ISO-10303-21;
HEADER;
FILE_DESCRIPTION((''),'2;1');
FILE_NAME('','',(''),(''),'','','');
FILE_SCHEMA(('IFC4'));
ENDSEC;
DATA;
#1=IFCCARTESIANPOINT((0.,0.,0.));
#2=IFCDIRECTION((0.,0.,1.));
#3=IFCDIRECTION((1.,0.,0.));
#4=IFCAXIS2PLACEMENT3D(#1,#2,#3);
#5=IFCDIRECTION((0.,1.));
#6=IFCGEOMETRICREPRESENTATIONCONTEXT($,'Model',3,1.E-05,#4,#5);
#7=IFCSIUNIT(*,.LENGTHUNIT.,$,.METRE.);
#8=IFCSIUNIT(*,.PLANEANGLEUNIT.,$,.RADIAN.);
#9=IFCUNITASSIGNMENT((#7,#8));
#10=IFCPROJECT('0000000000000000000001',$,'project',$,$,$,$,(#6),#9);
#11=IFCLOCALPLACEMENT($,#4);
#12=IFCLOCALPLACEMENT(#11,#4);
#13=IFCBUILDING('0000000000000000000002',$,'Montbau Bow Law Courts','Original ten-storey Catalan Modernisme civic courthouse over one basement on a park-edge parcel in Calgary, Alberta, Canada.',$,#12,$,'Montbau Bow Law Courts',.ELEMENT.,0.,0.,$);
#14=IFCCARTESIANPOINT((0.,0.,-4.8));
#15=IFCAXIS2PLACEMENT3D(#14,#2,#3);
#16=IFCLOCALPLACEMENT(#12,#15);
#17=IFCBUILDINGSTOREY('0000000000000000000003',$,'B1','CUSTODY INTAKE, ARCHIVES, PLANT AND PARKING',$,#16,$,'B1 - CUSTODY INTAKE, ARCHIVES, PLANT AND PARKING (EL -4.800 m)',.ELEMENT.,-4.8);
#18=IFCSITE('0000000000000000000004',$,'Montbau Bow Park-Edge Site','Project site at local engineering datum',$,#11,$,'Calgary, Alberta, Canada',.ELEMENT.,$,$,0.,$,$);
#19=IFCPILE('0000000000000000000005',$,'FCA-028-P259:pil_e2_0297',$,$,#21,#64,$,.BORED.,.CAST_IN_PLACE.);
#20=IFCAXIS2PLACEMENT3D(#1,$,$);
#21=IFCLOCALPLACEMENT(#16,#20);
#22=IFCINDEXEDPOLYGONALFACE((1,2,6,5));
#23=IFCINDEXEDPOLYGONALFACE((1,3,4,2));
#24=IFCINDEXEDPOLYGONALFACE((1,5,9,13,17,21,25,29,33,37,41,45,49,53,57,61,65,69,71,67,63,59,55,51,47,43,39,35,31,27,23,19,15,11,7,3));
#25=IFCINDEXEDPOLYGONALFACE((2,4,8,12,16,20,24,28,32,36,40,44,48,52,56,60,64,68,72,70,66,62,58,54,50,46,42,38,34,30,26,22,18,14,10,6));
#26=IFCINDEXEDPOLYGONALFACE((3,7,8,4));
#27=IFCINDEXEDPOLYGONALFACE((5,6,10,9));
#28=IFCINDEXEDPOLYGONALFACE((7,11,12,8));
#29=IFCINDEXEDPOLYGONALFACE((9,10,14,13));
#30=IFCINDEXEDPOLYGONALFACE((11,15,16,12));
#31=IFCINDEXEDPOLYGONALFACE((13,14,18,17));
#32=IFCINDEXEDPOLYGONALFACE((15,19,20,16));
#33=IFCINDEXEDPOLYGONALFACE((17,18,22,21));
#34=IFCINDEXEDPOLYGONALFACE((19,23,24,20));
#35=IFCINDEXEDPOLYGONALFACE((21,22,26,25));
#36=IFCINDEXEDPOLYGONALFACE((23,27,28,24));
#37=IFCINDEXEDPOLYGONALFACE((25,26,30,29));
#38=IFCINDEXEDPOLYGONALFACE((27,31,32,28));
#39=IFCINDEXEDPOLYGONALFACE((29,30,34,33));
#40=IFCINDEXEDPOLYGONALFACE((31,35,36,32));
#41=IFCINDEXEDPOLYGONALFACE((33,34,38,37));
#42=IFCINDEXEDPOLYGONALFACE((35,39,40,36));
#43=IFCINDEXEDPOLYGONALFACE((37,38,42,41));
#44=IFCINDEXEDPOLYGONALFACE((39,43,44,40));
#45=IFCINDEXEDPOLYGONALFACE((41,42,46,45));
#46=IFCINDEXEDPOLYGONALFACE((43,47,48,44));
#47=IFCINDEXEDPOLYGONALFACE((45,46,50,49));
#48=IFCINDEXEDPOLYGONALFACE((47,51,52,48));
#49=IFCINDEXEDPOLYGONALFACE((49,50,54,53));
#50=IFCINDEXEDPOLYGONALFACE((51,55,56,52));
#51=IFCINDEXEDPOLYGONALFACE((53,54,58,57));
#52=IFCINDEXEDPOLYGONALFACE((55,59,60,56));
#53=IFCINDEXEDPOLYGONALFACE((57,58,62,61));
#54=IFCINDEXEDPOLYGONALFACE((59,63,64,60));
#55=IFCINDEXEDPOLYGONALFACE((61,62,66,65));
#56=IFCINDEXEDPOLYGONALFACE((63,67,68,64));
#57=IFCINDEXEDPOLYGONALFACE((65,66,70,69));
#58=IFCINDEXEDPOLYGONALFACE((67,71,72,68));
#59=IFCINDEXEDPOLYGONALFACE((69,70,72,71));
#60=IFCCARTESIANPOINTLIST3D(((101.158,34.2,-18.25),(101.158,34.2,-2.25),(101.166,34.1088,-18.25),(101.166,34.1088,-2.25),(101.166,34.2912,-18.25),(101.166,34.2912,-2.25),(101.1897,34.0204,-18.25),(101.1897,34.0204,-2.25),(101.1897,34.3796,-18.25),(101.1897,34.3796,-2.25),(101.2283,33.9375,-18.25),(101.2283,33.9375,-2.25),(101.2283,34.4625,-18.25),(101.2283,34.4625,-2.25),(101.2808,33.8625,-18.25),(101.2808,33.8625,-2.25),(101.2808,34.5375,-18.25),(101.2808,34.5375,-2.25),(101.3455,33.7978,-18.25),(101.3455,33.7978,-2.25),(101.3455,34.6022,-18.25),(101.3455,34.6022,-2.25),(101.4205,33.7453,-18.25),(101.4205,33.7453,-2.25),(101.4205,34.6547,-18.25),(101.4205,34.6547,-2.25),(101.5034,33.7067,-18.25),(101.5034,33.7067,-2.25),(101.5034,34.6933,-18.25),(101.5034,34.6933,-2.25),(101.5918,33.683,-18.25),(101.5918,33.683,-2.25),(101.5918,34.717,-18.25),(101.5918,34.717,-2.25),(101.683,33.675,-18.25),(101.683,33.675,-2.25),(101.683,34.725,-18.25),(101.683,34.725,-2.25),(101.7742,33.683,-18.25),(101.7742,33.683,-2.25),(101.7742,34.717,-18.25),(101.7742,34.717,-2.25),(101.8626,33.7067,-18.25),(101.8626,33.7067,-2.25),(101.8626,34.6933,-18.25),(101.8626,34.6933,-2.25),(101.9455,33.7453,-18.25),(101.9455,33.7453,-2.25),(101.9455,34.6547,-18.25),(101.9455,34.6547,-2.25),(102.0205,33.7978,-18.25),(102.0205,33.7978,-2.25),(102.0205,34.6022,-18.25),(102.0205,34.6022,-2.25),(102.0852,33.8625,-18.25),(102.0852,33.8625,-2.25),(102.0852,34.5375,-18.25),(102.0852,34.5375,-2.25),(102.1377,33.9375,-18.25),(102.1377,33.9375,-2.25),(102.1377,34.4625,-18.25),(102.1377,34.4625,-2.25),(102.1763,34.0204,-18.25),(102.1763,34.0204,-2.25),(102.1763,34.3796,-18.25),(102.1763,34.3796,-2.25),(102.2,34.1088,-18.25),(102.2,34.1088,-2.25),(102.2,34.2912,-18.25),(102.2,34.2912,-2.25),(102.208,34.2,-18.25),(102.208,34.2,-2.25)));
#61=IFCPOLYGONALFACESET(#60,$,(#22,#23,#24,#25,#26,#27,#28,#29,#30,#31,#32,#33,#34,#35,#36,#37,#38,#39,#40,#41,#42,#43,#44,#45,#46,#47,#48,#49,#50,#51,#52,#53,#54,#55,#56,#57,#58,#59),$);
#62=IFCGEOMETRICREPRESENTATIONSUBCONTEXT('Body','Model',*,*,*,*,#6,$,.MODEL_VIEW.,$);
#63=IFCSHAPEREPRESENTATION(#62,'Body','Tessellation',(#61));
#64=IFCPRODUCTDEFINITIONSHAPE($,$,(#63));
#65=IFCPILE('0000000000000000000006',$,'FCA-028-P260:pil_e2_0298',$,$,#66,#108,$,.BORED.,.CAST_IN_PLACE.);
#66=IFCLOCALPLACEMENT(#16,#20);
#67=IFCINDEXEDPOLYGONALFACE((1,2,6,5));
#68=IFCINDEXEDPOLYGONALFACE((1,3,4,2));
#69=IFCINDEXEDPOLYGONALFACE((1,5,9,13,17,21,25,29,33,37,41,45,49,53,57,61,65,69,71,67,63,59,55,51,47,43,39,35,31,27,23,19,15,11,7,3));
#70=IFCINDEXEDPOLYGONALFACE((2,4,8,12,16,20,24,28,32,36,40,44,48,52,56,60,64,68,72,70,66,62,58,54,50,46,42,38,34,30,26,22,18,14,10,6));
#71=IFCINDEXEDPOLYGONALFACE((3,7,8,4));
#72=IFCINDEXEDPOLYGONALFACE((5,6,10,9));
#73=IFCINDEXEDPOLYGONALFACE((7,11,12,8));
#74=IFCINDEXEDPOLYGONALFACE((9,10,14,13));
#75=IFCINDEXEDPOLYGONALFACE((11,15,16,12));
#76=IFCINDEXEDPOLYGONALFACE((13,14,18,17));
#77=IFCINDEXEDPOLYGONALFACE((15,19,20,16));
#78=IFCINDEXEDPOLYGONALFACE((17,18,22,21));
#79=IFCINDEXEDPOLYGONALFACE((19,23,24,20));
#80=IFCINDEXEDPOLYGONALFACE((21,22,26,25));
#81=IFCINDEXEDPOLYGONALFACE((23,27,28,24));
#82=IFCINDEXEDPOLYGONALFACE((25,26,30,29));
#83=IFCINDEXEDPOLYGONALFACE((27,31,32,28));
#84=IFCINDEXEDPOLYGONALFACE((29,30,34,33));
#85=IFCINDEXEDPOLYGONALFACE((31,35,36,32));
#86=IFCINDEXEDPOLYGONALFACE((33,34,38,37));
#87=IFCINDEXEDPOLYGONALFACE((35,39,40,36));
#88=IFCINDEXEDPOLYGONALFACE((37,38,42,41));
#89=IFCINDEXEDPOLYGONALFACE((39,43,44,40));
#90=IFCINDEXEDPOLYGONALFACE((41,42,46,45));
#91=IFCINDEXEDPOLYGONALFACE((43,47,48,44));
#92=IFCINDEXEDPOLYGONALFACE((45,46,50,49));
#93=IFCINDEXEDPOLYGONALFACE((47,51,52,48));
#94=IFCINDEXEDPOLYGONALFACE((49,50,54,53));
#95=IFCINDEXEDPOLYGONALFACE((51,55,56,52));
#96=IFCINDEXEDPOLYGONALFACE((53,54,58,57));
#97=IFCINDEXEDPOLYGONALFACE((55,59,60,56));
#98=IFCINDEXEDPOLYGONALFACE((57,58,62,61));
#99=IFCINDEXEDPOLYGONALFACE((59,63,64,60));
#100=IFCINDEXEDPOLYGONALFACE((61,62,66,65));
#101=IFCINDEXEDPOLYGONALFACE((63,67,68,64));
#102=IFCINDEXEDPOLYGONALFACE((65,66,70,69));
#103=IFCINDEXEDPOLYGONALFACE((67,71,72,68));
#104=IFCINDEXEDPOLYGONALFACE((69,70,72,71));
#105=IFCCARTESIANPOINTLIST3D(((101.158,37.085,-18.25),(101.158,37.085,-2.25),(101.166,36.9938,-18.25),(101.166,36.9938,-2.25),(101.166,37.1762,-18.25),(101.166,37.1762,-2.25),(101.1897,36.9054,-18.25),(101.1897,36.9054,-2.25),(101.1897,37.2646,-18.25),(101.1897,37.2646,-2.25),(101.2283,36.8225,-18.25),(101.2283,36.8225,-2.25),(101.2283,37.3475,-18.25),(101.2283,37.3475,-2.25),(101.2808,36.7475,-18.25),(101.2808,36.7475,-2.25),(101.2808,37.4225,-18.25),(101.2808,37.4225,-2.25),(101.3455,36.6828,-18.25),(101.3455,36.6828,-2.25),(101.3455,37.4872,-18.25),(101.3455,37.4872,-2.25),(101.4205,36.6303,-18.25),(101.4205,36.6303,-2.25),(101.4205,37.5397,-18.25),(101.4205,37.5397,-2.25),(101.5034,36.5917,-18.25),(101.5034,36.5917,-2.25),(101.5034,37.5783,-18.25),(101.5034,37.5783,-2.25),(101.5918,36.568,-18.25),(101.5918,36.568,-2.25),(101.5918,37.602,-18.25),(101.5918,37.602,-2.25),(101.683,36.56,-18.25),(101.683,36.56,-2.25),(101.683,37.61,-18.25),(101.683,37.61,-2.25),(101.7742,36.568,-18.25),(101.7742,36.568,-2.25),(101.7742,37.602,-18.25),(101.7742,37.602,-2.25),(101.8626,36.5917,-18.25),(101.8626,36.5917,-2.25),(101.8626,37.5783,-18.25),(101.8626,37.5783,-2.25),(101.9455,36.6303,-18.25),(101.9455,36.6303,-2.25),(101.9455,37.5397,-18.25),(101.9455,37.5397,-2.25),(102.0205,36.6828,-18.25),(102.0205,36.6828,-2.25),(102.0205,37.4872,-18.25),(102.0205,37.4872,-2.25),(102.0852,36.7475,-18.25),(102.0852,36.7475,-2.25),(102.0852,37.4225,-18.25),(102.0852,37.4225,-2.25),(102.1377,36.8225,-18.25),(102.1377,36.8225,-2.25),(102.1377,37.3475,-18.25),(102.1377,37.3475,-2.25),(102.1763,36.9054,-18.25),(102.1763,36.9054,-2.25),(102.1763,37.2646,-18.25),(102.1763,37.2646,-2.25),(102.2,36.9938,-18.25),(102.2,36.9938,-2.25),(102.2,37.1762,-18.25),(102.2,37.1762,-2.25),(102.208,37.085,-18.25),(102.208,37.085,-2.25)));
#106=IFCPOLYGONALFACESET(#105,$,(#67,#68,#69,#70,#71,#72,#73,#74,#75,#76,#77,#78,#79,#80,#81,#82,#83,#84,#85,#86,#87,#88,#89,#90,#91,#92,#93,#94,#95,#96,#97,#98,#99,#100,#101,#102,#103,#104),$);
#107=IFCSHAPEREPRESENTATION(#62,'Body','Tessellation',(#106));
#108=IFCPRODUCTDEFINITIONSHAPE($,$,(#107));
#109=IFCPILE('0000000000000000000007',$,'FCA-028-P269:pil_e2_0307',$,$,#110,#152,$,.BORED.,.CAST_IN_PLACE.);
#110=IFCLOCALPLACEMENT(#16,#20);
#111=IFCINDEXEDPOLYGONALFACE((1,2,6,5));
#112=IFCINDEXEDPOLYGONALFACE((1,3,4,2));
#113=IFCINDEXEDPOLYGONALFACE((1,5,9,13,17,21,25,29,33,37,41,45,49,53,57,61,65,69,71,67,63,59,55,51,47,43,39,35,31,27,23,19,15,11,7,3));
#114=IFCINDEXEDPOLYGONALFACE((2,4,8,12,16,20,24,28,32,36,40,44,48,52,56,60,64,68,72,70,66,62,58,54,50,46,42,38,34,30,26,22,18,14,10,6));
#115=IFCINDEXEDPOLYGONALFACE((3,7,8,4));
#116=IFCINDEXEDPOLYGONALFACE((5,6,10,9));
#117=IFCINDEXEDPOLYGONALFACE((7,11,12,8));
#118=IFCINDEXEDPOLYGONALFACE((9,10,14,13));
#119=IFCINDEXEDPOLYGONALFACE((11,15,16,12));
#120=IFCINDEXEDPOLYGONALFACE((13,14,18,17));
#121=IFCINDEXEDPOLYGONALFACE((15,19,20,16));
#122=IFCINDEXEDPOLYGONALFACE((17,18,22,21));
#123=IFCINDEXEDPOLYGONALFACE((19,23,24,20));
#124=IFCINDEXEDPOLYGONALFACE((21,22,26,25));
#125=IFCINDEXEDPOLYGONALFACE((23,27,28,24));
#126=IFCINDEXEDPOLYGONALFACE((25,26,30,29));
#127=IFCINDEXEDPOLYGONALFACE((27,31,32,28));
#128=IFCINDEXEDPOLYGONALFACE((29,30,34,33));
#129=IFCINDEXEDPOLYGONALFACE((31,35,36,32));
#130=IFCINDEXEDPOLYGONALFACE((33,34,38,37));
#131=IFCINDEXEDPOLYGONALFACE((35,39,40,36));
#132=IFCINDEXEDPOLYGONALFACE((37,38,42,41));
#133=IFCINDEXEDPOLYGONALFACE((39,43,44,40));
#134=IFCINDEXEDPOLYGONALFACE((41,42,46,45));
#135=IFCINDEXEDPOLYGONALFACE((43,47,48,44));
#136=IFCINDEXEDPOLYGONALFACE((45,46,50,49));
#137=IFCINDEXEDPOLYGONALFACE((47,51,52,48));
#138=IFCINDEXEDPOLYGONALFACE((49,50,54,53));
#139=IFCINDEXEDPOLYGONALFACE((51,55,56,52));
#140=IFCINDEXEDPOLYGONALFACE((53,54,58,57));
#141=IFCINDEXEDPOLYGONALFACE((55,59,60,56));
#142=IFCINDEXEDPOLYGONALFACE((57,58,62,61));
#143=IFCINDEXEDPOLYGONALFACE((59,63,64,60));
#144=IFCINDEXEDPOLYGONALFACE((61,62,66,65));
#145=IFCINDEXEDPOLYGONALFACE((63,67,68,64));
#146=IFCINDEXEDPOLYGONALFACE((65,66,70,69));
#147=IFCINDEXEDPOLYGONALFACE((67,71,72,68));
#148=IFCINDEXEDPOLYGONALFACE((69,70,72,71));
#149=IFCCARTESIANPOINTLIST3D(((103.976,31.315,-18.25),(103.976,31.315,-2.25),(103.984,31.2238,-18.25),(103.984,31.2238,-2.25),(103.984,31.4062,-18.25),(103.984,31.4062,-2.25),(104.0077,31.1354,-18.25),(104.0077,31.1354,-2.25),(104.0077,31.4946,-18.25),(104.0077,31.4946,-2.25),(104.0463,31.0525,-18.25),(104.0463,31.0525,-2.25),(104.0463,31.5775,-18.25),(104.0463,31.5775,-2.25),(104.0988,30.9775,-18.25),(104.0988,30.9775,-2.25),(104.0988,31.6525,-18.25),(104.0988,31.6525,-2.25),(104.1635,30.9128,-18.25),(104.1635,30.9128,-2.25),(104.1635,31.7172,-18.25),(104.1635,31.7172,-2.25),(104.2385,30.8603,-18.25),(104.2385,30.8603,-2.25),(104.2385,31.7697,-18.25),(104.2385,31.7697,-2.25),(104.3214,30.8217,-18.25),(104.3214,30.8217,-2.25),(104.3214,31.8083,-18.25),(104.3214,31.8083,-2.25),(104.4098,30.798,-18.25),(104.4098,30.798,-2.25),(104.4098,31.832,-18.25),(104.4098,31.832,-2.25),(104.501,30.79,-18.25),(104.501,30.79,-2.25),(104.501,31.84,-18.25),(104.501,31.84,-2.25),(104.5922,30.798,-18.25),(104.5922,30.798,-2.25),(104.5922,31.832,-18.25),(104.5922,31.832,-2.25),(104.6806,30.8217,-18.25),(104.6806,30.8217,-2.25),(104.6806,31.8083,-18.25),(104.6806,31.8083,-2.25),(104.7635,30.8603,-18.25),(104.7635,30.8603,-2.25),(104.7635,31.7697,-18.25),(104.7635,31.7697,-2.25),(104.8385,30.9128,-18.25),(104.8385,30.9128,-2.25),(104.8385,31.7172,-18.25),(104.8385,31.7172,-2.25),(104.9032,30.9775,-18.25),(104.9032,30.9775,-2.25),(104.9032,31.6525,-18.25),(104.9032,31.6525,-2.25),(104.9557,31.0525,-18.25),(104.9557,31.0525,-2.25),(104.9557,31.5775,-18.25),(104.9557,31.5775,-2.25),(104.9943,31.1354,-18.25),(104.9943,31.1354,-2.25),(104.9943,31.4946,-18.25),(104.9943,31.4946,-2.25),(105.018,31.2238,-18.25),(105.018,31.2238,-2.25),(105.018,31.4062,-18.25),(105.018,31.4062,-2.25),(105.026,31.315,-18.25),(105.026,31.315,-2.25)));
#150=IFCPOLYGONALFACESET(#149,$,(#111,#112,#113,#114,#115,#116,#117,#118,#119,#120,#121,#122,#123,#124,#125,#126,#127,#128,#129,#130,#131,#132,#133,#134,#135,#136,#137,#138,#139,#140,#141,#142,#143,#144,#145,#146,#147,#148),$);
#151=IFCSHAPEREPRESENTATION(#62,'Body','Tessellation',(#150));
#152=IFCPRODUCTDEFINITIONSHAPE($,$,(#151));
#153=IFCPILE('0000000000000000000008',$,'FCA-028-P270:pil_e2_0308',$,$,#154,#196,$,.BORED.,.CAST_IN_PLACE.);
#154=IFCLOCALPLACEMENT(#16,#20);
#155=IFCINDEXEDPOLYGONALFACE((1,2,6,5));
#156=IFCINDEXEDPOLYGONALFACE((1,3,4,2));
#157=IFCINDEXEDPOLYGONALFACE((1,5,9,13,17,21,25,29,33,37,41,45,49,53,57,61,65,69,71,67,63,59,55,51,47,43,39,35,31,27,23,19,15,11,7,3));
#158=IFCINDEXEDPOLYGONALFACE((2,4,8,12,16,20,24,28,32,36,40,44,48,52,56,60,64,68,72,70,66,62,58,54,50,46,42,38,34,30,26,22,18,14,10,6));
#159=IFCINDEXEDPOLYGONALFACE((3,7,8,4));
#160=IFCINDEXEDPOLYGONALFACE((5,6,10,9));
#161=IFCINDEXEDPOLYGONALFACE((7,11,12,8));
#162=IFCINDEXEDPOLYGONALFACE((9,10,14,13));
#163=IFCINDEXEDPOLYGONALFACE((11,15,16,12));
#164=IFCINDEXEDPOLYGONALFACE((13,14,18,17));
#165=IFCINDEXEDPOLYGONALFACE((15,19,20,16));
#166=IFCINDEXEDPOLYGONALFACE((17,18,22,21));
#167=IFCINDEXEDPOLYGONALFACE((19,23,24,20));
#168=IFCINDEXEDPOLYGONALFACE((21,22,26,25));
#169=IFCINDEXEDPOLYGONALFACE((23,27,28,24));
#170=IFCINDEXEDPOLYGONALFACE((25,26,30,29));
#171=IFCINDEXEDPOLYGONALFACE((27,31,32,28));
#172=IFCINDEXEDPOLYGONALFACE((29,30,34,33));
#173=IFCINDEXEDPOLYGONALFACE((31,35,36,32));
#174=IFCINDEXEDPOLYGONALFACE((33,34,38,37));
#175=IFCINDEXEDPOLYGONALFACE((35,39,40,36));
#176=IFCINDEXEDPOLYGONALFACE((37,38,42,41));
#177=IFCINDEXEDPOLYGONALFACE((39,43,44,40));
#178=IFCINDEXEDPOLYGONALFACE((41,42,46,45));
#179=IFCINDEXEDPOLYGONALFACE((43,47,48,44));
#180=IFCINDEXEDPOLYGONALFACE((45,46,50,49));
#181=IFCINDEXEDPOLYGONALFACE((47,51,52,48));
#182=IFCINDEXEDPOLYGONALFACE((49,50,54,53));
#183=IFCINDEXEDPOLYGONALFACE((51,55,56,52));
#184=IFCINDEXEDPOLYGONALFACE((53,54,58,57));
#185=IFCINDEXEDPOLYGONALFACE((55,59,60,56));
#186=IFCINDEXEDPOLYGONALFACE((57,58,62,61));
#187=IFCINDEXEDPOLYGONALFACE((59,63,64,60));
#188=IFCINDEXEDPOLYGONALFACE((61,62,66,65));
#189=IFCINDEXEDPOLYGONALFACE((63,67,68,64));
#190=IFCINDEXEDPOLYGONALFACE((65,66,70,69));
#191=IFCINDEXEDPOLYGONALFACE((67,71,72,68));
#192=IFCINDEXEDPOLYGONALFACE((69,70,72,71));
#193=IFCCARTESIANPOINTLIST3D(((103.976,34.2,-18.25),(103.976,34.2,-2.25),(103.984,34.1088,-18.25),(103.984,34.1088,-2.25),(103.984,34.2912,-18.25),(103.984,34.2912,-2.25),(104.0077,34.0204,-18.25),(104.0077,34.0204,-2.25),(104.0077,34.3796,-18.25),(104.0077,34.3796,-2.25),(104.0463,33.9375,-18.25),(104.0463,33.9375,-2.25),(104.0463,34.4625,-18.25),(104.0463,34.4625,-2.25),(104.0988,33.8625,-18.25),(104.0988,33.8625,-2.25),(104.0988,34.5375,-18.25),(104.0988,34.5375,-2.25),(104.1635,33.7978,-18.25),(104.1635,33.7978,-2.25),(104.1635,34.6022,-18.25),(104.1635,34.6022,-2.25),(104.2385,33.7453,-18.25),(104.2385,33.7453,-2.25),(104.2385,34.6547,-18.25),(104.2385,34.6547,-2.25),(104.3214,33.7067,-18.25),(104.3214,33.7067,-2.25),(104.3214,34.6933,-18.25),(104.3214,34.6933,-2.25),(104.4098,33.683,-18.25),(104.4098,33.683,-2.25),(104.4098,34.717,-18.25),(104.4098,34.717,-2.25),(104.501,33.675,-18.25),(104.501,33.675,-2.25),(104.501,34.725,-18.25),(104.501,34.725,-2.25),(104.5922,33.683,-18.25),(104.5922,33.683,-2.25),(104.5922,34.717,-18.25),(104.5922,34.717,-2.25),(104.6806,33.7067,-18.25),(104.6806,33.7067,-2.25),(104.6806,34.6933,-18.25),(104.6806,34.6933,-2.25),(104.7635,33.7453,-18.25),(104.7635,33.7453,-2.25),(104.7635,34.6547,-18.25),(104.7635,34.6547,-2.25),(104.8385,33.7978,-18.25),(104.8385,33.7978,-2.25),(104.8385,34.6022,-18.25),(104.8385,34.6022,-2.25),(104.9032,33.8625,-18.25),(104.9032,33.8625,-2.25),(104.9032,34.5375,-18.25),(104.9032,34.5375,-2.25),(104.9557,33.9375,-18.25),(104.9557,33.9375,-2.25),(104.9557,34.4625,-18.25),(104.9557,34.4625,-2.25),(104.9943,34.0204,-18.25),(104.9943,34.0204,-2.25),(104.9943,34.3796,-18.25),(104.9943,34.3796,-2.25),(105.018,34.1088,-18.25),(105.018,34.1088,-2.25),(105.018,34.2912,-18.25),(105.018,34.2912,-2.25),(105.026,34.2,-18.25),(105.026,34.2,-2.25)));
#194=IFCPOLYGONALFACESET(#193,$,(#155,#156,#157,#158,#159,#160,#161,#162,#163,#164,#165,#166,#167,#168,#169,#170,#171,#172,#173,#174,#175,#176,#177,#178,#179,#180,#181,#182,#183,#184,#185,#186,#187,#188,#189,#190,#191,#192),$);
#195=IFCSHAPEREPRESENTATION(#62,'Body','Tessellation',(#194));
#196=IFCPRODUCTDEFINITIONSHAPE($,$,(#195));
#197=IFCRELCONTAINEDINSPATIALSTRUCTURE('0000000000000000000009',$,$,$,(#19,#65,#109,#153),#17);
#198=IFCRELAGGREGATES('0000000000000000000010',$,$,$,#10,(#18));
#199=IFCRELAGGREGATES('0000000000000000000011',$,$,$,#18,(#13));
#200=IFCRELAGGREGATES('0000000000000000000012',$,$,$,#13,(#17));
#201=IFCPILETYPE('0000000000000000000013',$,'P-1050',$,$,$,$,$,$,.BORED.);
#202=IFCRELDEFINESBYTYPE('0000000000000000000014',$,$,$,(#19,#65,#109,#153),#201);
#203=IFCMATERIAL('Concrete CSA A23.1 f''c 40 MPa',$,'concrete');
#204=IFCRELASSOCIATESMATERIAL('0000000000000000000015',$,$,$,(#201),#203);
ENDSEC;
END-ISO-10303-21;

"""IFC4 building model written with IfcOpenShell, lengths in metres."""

from ifc_helpers import new_model, si_unit, direction, frame, origin_with_axes, origin_2d_with_axis, place, context, subcontext, project, spatial, circle, extrude, material, material_profile, profile_set, type_object, element, save


model = new_model("IFC4")

# Units and contexts
model_context = context("Model", 3, precision=1e-05, world=origin_with_axes(), true_north=direction((0.0, 1.0)))
body_context = subcontext(model_context, "Body", "Model", "MODEL_VIEW")
ifc_project = project(units=[si_unit("LENGTHUNIT", "METRE"), si_unit("PLANEANGLEUNIT", "RADIAN")], contexts=[model_context])

# Site, building, storey
site_placement = place(None, origin_with_axes())
site = spatial("IfcSite", under=ifc_project, at=site_placement, Name="Montbau Bow Park-Edge Site", Description="Project site at local engineering datum", LongName="Calgary, Alberta, Canada", CompositionType="ELEMENT", RefElevation=0.0)
building_placement = place(site_placement, origin_with_axes())
building = spatial("IfcBuilding", under=site, at=building_placement, Name="Montbau Bow Law Courts", Description="Original ten-storey Catalan Modernisme civic courthouse over one basement on a park-edge parcel in Calgary, Alberta, Canada.", LongName="Montbau Bow Law Courts", CompositionType="ELEMENT", ElevationOfRefHeight=0.0, ElevationOfTerrain=0.0)
storey_placement = place(building_placement, frame((0.0, 0.0, -4.8), z_axis=(0.0, 0.0, 1.0), x_axis=(1.0, 0.0, 0.0)))
storey = spatial("IfcBuildingStorey", under=building, at=storey_placement, Name="B1", Description="CUSTODY INTAKE, ARCHIVES, PLANT AND PARKING", LongName="B1 - CUSTODY INTAKE, ARCHIVES, PLANT AND PARKING (EL -4.800 m)", CompositionType="ELEMENT", Elevation=-4.8)

# Piles
ifc_material_1 = material(Name="Concrete CSA A23.1 f'c 40 MPa", Category="concrete")
ifc_material_profile_1 = material_profile(ifc_material_1, circle(Radius=0.525, at=origin_2d_with_axis()), Name="BP1050", Category="Main", Priority=0)
ifc_profile_set_1 = profile_set([ifc_material_profile_1], Name="Concrete CSA A23.1 f'c 40 MPa")
pile_type = type_object("IfcPileType", Name="P-1050", PredefinedType="BORED", material=ifc_profile_set_1)
for number, where, z_axis, x_axis, name in (
    (1, (101.683, 34.2, -23.05), (0.0, 0.0, 1.0), (1.0, 0.0, 0.0), "FCA-028-P259:pil_e2_0297"),
    (2, (101.683, 37.085, -23.05), (0.0, 0.0, 1.0), (1.0, 0.0, 0.0), "FCA-028-P260:pil_e2_0298"),
    (3, (104.501, 31.315, -23.05), (0.0, 0.0, 1.0), (1.0, 0.0, 0.0), "FCA-028-P269:pil_e2_0307"),
    (4, (104.501, 34.2, -23.05), (0.0, 0.0, 1.0), (1.0, 0.0, 0.0), "FCA-028-P270:pil_e2_0308"),
):
    element("IfcPile", number, at=place(None, frame(where, z_axis=z_axis, x_axis=x_axis)), inside=storey, type_object=pile_type, Name=name, ConstructionType="CAST_IN_PLACE", PredefinedType="BORED", context=body_context, shape_type="SweptSolid", body=[
        extrude(circle(Radius=0.525, at=origin_2d_with_axis()), origin_with_axes(), (0.0, 0.0, 1.0), 16.0),
    ])

save(model, "model.ifc")
